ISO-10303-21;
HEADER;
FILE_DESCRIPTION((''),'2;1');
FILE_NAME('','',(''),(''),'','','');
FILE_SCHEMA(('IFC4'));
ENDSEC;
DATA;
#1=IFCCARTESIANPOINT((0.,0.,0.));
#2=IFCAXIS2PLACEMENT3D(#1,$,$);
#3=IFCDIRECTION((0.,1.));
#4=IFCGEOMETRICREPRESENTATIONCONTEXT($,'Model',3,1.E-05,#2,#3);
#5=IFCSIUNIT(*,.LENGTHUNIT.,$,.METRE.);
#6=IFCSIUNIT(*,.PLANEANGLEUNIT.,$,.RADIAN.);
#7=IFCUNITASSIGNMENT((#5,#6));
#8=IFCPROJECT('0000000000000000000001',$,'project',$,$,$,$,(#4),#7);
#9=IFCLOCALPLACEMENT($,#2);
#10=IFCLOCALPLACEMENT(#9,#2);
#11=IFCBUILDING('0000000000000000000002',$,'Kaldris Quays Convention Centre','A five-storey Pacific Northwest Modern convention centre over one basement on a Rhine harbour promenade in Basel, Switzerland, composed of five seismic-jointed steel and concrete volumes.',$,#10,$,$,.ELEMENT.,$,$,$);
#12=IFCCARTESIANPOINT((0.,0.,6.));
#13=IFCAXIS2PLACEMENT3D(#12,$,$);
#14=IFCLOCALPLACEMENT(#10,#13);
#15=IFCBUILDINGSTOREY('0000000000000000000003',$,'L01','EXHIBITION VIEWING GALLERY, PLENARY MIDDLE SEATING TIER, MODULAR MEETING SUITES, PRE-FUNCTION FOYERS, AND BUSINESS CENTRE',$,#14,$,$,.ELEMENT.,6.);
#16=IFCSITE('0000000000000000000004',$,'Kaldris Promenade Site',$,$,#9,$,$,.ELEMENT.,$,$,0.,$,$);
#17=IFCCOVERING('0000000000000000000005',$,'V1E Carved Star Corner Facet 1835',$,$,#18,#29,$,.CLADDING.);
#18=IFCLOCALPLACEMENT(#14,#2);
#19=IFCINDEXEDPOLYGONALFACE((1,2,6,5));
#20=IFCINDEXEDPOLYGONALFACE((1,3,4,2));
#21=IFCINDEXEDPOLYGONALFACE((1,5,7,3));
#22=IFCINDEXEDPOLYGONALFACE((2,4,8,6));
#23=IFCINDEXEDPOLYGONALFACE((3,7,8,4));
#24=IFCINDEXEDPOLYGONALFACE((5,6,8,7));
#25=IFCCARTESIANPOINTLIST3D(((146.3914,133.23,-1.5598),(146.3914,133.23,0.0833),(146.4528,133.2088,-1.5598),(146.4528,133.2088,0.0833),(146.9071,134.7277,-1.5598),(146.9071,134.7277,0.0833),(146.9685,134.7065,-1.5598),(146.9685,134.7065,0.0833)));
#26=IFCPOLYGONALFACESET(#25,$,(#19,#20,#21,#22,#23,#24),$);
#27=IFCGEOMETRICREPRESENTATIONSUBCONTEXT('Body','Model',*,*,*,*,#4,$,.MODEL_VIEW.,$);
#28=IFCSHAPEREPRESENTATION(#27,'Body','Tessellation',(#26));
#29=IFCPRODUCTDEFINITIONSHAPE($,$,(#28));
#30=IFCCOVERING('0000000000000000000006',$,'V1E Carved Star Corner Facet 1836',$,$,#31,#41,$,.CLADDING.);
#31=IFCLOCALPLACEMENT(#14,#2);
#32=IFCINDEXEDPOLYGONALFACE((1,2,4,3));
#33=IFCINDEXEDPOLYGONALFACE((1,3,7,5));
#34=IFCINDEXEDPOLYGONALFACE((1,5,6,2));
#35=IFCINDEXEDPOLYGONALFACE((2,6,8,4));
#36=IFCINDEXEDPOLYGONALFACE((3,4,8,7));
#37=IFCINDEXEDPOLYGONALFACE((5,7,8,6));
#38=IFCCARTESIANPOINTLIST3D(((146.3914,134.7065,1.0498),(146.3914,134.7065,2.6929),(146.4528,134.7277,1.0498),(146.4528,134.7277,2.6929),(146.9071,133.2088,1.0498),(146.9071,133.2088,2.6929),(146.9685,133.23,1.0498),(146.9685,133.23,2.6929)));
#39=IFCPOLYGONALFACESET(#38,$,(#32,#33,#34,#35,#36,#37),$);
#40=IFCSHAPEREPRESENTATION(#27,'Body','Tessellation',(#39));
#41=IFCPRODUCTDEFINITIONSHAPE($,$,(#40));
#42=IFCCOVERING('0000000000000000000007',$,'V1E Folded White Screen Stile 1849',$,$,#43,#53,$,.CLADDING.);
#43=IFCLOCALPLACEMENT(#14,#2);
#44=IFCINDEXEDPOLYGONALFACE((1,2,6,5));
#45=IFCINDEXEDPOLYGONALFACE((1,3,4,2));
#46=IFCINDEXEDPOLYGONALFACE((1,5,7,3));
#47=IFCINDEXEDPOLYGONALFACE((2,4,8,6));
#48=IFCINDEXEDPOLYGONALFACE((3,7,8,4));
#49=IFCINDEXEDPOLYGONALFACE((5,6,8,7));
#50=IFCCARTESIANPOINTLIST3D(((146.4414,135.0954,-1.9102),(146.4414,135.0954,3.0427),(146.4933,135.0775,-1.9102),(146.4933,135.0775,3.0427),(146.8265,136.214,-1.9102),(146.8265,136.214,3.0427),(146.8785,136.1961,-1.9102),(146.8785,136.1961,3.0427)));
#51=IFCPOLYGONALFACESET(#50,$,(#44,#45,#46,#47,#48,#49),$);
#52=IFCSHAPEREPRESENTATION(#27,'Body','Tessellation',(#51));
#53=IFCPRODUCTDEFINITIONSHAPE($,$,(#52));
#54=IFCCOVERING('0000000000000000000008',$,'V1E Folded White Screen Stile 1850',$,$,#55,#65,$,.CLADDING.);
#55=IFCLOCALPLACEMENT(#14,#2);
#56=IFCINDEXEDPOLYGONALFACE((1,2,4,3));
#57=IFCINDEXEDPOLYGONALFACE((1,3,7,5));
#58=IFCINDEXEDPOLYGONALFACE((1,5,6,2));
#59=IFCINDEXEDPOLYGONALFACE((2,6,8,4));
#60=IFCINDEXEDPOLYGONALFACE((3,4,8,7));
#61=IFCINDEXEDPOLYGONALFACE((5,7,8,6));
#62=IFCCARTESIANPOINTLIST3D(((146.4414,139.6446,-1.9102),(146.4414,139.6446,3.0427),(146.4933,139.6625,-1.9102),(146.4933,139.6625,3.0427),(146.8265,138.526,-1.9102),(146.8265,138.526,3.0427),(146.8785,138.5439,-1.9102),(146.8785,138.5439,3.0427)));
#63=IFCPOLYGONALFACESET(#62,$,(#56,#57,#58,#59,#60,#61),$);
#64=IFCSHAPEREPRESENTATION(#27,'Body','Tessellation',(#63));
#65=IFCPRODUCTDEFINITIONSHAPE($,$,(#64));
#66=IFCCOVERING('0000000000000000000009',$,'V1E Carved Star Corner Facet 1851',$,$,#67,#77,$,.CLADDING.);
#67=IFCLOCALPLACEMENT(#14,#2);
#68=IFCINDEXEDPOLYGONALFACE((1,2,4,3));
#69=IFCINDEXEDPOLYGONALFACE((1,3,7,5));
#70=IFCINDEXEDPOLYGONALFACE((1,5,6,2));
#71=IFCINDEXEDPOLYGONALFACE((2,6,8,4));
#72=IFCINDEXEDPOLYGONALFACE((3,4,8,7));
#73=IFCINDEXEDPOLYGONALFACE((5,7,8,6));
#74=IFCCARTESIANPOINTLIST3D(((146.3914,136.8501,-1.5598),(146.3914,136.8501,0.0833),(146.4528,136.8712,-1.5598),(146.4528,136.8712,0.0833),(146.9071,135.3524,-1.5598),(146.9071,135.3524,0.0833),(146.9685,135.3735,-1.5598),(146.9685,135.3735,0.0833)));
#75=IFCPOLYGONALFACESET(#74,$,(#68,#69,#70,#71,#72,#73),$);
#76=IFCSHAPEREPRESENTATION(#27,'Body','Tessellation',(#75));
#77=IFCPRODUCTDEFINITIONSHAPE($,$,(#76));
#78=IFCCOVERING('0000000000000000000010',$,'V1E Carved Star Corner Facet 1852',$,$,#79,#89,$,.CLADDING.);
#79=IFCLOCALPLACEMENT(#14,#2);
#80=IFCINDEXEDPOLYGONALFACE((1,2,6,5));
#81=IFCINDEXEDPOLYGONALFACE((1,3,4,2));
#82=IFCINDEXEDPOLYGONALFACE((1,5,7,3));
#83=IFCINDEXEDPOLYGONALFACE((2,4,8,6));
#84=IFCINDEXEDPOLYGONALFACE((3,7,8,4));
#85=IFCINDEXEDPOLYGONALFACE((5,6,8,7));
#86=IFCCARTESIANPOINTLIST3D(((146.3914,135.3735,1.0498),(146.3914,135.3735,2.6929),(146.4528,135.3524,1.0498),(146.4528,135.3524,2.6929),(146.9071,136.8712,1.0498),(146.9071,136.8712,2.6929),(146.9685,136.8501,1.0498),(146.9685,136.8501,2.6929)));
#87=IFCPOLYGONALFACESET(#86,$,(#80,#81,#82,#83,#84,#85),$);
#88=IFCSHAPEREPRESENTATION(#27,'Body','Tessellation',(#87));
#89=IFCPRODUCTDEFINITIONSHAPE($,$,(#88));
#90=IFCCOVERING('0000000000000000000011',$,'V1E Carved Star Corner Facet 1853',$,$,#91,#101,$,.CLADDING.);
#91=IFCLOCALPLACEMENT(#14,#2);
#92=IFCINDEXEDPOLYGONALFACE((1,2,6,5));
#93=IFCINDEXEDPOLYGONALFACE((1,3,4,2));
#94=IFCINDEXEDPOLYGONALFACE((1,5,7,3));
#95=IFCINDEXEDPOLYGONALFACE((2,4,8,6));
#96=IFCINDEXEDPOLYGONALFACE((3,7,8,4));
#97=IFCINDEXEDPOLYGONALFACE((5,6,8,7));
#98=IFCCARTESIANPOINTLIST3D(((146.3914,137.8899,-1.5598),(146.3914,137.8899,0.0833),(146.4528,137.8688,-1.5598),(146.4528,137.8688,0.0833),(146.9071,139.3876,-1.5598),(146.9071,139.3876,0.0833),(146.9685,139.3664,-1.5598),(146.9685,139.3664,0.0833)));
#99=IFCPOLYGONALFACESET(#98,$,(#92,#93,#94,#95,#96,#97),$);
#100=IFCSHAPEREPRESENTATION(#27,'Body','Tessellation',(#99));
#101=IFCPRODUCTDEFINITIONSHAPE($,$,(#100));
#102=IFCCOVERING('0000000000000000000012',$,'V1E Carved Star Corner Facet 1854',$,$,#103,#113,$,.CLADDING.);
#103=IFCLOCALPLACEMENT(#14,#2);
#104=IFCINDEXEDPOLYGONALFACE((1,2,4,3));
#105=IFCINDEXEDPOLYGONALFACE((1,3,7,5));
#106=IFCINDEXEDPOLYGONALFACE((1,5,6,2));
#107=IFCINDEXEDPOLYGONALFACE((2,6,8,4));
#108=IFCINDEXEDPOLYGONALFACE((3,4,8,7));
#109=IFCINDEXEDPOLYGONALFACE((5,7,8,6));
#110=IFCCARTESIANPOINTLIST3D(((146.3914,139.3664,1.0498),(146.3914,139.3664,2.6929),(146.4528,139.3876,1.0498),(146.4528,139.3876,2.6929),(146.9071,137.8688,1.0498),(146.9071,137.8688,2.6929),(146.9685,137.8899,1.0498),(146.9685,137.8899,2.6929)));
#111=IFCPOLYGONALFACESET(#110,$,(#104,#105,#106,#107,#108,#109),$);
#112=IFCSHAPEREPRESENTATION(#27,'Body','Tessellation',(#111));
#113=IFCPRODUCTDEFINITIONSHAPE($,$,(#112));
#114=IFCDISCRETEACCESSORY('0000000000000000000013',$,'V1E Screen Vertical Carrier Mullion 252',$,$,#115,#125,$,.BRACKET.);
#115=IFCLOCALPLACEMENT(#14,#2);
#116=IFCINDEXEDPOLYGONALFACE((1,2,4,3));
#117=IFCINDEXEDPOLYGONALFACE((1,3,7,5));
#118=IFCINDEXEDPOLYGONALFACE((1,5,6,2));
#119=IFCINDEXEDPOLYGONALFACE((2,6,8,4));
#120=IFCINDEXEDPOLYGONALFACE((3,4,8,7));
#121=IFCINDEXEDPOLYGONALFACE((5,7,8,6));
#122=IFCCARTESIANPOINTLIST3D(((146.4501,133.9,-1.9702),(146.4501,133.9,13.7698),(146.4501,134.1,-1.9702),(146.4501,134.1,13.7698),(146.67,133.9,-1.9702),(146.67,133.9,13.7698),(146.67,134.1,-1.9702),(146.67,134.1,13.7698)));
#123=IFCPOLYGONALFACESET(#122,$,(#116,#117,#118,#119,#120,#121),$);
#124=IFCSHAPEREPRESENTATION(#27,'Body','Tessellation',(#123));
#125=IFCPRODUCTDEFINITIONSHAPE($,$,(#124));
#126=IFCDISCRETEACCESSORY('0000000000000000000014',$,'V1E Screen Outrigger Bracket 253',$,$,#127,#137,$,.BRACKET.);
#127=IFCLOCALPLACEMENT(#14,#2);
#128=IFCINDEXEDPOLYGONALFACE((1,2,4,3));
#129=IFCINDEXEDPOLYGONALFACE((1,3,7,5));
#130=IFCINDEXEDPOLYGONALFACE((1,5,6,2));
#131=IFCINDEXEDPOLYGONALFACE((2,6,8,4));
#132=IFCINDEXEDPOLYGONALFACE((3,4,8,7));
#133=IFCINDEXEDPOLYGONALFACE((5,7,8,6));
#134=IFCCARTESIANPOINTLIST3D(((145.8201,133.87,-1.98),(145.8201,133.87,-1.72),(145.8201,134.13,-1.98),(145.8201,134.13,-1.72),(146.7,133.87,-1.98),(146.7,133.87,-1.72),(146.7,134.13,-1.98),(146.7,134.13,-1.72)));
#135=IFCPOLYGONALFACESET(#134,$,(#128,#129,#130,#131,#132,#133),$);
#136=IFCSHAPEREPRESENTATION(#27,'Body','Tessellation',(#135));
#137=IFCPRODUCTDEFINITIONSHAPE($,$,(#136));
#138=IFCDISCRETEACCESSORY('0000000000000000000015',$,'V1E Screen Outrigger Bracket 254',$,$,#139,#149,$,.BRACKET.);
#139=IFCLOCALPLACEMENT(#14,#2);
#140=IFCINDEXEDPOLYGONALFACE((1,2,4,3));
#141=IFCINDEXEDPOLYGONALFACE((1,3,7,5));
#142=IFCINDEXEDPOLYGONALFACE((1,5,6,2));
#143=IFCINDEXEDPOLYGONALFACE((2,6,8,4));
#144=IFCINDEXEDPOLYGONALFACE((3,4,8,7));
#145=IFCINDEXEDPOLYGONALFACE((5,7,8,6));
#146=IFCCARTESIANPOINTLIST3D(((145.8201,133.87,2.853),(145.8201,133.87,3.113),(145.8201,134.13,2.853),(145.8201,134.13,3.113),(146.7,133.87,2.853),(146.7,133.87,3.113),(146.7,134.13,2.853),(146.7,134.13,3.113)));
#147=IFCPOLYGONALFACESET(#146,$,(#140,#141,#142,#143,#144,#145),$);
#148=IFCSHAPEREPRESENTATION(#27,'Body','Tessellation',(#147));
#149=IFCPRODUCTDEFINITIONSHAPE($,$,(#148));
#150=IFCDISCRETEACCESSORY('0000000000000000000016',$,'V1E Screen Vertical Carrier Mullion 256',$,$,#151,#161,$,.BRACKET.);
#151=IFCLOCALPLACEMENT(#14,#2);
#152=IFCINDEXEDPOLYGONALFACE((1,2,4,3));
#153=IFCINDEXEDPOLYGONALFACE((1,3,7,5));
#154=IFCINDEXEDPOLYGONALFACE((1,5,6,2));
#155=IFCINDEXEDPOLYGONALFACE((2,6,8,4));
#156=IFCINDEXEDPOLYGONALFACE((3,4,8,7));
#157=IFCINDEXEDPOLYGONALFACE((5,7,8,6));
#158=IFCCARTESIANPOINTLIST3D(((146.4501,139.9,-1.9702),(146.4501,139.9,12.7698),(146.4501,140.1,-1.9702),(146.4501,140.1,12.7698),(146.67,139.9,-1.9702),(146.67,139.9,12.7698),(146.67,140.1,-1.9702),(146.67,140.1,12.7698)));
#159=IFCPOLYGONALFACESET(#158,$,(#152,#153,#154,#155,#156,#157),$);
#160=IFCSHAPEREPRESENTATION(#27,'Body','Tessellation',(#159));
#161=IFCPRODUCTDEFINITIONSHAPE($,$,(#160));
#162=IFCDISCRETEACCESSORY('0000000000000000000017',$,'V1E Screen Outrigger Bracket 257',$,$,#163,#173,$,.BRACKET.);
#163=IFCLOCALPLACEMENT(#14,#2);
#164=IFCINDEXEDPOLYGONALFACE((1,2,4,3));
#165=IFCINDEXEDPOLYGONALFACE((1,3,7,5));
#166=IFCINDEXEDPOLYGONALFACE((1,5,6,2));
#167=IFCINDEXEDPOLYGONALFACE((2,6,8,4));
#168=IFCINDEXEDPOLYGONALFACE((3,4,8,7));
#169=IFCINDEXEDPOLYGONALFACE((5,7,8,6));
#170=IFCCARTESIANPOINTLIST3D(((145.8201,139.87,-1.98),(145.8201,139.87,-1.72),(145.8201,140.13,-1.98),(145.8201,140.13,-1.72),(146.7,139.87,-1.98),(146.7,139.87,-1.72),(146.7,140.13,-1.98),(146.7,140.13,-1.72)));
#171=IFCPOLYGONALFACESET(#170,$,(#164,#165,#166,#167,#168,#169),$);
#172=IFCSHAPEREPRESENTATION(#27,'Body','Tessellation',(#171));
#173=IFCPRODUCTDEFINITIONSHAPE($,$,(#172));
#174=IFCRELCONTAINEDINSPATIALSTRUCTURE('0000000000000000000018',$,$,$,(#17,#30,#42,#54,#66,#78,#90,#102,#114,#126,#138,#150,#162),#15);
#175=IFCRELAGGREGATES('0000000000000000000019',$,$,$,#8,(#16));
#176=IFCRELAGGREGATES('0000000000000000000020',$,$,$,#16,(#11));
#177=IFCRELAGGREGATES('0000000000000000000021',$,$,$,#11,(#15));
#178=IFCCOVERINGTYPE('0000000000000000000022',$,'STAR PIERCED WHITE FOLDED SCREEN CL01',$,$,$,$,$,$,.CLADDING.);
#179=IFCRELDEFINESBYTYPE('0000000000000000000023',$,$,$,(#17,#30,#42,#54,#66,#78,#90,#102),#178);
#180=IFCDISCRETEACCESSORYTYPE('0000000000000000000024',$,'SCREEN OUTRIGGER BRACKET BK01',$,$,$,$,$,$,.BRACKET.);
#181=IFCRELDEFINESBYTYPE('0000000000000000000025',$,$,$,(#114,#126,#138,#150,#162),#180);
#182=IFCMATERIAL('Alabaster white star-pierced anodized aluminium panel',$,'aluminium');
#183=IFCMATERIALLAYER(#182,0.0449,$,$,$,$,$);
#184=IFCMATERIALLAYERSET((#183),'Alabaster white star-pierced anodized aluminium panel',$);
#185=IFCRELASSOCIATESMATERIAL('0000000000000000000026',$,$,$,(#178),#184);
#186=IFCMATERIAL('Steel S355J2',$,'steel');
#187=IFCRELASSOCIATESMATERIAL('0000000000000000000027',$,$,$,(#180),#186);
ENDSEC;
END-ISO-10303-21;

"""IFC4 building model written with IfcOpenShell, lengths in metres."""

from ifc_helpers import new_model, si_unit, direction, frame, origin, origin_2d, place, context, subcontext, project, spatial, rectangle, extrude, material, layer, layer_set, type_object, element, save


model = new_model("IFC4")

# Units and contexts
model_context = context("Model", 3, precision=1e-05, world=origin(), true_north=direction((0.0, 1.0)))
body_context = subcontext(model_context, "Body", "Model", "MODEL_VIEW")
ifc_project = project(units=[si_unit("LENGTHUNIT", "METRE"), si_unit("PLANEANGLEUNIT", "RADIAN")], contexts=[model_context])

# Site, building, storey
site_placement = place(None, origin())
site = spatial("IfcSite", under=ifc_project, at=site_placement, Name="Kaldris Promenade Site", CompositionType="ELEMENT", RefElevation=0.0)
building_placement = place(site_placement, origin())
building = spatial("IfcBuilding", under=site, at=building_placement, Name="Kaldris Quays Convention Centre", Description="A five-storey Pacific Northwest Modern convention centre over one basement on a Rhine harbour promenade in Basel, Switzerland, composed of five seismic-jointed steel and concrete volumes.", CompositionType="ELEMENT")
storey_placement = place(building_placement, frame((0.0, 0.0, 6.0)))
storey = spatial("IfcBuildingStorey", under=building, at=storey_placement, Name="L01", Description="EXHIBITION VIEWING GALLERY, PLENARY MIDDLE SEATING TIER, MODULAR MEETING SUITES, PRE-FUNCTION FOYERS, AND BUSINESS CENTRE", CompositionType="ELEMENT", Elevation=6.0)

# Shared definitions
ifc_material_1 = material(Name="Steel S355J2", Category="steel")

# Coverings
ifc_material_2 = material(Name="Alabaster white star-pierced anodized aluminium panel", Category="aluminium")
ifc_layer_1 = layer(ifc_material_2, 0.0449)
ifc_layer_set_1 = layer_set([ifc_layer_1], Name="Alabaster white star-pierced anodized aluminium panel")
covering_type = type_object("IfcCoveringType", Name="STAR PIERCED WHITE FOLDED SCREEN CL01", PredefinedType="CLADDING", material=ifc_layer_set_1)
for number, where, z_axis, x_axis, name in (
    (1, (146.6799, 133.9683, -1.5598), (0.0, 0.0, 1.0), (0.325568, 0.945519, 0.0), "V1E Carved Star Corner Facet 1835"),
    (2, (146.6799, 133.9683, 1.0498), (0.0, 0.0, 1.0), (-0.325568, 0.945519, 0.0), "V1E Carved Star Corner Facet 1836"),
):
    element("IfcCovering", number, at=place(storey_placement, frame(where, z_axis=z_axis, x_axis=x_axis)), inside=storey, type_object=covering_type, Name=name, PredefinedType="CLADDING", context=body_context, shape_type="SweptSolid", body=[
        extrude(rectangle(XDim=1.584, YDim=0.0649, at=origin_2d()), origin(), (0.0, 0.0, 1.0), 1.6431),
    ])
for number, where, z_axis, x_axis, name in (
    (3, (146.6599, 135.6458, -1.9102), (0.0, 0.0, 1.0), (0.325568, 0.945519, 0.0), "V1E Folded White Screen Stile 1849"),
    (4, (146.6599, 139.0942, -1.9102), (0.0, 0.0, 1.0), (-0.325568, 0.945519, 0.0), "V1E Folded White Screen Stile 1850"),
):
    element("IfcCovering", number, at=place(storey_placement, frame(where, z_axis=z_axis, x_axis=x_axis)), inside=storey, type_object=covering_type, Name=name, PredefinedType="CLADDING", context=body_context, shape_type="SweptSolid", body=[
        extrude(rectangle(XDim=1.1831, YDim=0.0549, at=origin_2d()), origin(), (0.0, 0.0, 1.0), 4.9529),
    ])
for number, where, z_axis, x_axis, name in (
    (5, (146.6799, 136.1118, -1.5598), (0.0, 0.0, 1.0), (-0.325568, 0.945519, 0.0), "V1E Carved Star Corner Facet 1851"),
    (6, (146.6799, 136.1118, 1.0498), (0.0, 0.0, 1.0), (0.325568, 0.945519, 0.0), "V1E Carved Star Corner Facet 1852"),
    (7, (146.6799, 138.6282, -1.5598), (0.0, 0.0, 1.0), (0.325568, 0.945519, 0.0), "V1E Carved Star Corner Facet 1853"),
    (8, (146.6799, 138.6282, 1.0498), (0.0, 0.0, 1.0), (-0.325568, 0.945519, 0.0), "V1E Carved Star Corner Facet 1854"),
):
    element("IfcCovering", number, at=place(storey_placement, frame(where, z_axis=z_axis, x_axis=x_axis)), inside=storey, type_object=covering_type, Name=name, PredefinedType="CLADDING", context=body_context, shape_type="SweptSolid", body=[
        extrude(rectangle(XDim=1.584, YDim=0.0649, at=origin_2d()), origin(), (0.0, 0.0, 1.0), 1.6431),
    ])

# Discrete accessories
discrete_accessory_type = type_object("IfcDiscreteAccessoryType", Name="SCREEN OUTRIGGER BRACKET BK01", PredefinedType="BRACKET", material=ifc_material_1)
discrete_accessory_1_placement = place(storey_placement, frame((146.5601, 134.0, -1.9702), z_axis=(0.0, 0.0, 1.0), x_axis=(0.0, 1.0, 0.0)))
element("IfcDiscreteAccessory", 9, at=discrete_accessory_1_placement, inside=storey, type_object=discrete_accessory_type, Name="V1E Screen Vertical Carrier Mullion 252", PredefinedType="BRACKET", context=body_context, shape_type="SweptSolid", body=[
    extrude(rectangle(XDim=0.2, YDim=0.22, at=origin_2d()), origin(), (0.0, 0.0, 1.0), 15.74),
])
for number, where, z_axis, x_axis, name in (
    (10, (146.26, 134.0, -1.98), (0.0, 0.0, 1.0), (0.0, 1.0, 0.0), "V1E Screen Outrigger Bracket 253"),
    (11, (146.26, 134.0, 2.853), (0.0, 0.0, 1.0), (0.0, 1.0, 0.0), "V1E Screen Outrigger Bracket 254"),
):
    element("IfcDiscreteAccessory", number, at=place(storey_placement, frame(where, z_axis=z_axis, x_axis=x_axis)), inside=storey, type_object=discrete_accessory_type, Name=name, PredefinedType="BRACKET", context=body_context, shape_type="SweptSolid", body=[
        extrude(rectangle(XDim=0.26, YDim=0.8799, at=origin_2d()), origin(), (0.0, 0.0, 1.0), 0.26),
    ])
discrete_accessory_2_placement = place(storey_placement, frame((146.5601, 140.0, -1.9702), z_axis=(0.0, 0.0, 1.0), x_axis=(0.0, 1.0, 0.0)))
element("IfcDiscreteAccessory", 12, at=discrete_accessory_2_placement, inside=storey, type_object=discrete_accessory_type, Name="V1E Screen Vertical Carrier Mullion 256", PredefinedType="BRACKET", context=body_context, shape_type="SweptSolid", body=[
    extrude(rectangle(XDim=0.2, YDim=0.22, at=origin_2d()), origin(), (0.0, 0.0, 1.0), 14.74),
])
discrete_accessory_3_placement = place(storey_placement, frame((146.26, 140.0, -1.98), z_axis=(0.0, 0.0, 1.0), x_axis=(0.0, 1.0, 0.0)))
element("IfcDiscreteAccessory", 13, at=discrete_accessory_3_placement, inside=storey, type_object=discrete_accessory_type, Name="V1E Screen Outrigger Bracket 257", PredefinedType="BRACKET", context=body_context, shape_type="SweptSolid", body=[
    extrude(rectangle(XDim=0.26, YDim=0.8799, at=origin_2d()), origin(), (0.0, 0.0, 1.0), 0.26),
])

save(model, "model.ifc")
